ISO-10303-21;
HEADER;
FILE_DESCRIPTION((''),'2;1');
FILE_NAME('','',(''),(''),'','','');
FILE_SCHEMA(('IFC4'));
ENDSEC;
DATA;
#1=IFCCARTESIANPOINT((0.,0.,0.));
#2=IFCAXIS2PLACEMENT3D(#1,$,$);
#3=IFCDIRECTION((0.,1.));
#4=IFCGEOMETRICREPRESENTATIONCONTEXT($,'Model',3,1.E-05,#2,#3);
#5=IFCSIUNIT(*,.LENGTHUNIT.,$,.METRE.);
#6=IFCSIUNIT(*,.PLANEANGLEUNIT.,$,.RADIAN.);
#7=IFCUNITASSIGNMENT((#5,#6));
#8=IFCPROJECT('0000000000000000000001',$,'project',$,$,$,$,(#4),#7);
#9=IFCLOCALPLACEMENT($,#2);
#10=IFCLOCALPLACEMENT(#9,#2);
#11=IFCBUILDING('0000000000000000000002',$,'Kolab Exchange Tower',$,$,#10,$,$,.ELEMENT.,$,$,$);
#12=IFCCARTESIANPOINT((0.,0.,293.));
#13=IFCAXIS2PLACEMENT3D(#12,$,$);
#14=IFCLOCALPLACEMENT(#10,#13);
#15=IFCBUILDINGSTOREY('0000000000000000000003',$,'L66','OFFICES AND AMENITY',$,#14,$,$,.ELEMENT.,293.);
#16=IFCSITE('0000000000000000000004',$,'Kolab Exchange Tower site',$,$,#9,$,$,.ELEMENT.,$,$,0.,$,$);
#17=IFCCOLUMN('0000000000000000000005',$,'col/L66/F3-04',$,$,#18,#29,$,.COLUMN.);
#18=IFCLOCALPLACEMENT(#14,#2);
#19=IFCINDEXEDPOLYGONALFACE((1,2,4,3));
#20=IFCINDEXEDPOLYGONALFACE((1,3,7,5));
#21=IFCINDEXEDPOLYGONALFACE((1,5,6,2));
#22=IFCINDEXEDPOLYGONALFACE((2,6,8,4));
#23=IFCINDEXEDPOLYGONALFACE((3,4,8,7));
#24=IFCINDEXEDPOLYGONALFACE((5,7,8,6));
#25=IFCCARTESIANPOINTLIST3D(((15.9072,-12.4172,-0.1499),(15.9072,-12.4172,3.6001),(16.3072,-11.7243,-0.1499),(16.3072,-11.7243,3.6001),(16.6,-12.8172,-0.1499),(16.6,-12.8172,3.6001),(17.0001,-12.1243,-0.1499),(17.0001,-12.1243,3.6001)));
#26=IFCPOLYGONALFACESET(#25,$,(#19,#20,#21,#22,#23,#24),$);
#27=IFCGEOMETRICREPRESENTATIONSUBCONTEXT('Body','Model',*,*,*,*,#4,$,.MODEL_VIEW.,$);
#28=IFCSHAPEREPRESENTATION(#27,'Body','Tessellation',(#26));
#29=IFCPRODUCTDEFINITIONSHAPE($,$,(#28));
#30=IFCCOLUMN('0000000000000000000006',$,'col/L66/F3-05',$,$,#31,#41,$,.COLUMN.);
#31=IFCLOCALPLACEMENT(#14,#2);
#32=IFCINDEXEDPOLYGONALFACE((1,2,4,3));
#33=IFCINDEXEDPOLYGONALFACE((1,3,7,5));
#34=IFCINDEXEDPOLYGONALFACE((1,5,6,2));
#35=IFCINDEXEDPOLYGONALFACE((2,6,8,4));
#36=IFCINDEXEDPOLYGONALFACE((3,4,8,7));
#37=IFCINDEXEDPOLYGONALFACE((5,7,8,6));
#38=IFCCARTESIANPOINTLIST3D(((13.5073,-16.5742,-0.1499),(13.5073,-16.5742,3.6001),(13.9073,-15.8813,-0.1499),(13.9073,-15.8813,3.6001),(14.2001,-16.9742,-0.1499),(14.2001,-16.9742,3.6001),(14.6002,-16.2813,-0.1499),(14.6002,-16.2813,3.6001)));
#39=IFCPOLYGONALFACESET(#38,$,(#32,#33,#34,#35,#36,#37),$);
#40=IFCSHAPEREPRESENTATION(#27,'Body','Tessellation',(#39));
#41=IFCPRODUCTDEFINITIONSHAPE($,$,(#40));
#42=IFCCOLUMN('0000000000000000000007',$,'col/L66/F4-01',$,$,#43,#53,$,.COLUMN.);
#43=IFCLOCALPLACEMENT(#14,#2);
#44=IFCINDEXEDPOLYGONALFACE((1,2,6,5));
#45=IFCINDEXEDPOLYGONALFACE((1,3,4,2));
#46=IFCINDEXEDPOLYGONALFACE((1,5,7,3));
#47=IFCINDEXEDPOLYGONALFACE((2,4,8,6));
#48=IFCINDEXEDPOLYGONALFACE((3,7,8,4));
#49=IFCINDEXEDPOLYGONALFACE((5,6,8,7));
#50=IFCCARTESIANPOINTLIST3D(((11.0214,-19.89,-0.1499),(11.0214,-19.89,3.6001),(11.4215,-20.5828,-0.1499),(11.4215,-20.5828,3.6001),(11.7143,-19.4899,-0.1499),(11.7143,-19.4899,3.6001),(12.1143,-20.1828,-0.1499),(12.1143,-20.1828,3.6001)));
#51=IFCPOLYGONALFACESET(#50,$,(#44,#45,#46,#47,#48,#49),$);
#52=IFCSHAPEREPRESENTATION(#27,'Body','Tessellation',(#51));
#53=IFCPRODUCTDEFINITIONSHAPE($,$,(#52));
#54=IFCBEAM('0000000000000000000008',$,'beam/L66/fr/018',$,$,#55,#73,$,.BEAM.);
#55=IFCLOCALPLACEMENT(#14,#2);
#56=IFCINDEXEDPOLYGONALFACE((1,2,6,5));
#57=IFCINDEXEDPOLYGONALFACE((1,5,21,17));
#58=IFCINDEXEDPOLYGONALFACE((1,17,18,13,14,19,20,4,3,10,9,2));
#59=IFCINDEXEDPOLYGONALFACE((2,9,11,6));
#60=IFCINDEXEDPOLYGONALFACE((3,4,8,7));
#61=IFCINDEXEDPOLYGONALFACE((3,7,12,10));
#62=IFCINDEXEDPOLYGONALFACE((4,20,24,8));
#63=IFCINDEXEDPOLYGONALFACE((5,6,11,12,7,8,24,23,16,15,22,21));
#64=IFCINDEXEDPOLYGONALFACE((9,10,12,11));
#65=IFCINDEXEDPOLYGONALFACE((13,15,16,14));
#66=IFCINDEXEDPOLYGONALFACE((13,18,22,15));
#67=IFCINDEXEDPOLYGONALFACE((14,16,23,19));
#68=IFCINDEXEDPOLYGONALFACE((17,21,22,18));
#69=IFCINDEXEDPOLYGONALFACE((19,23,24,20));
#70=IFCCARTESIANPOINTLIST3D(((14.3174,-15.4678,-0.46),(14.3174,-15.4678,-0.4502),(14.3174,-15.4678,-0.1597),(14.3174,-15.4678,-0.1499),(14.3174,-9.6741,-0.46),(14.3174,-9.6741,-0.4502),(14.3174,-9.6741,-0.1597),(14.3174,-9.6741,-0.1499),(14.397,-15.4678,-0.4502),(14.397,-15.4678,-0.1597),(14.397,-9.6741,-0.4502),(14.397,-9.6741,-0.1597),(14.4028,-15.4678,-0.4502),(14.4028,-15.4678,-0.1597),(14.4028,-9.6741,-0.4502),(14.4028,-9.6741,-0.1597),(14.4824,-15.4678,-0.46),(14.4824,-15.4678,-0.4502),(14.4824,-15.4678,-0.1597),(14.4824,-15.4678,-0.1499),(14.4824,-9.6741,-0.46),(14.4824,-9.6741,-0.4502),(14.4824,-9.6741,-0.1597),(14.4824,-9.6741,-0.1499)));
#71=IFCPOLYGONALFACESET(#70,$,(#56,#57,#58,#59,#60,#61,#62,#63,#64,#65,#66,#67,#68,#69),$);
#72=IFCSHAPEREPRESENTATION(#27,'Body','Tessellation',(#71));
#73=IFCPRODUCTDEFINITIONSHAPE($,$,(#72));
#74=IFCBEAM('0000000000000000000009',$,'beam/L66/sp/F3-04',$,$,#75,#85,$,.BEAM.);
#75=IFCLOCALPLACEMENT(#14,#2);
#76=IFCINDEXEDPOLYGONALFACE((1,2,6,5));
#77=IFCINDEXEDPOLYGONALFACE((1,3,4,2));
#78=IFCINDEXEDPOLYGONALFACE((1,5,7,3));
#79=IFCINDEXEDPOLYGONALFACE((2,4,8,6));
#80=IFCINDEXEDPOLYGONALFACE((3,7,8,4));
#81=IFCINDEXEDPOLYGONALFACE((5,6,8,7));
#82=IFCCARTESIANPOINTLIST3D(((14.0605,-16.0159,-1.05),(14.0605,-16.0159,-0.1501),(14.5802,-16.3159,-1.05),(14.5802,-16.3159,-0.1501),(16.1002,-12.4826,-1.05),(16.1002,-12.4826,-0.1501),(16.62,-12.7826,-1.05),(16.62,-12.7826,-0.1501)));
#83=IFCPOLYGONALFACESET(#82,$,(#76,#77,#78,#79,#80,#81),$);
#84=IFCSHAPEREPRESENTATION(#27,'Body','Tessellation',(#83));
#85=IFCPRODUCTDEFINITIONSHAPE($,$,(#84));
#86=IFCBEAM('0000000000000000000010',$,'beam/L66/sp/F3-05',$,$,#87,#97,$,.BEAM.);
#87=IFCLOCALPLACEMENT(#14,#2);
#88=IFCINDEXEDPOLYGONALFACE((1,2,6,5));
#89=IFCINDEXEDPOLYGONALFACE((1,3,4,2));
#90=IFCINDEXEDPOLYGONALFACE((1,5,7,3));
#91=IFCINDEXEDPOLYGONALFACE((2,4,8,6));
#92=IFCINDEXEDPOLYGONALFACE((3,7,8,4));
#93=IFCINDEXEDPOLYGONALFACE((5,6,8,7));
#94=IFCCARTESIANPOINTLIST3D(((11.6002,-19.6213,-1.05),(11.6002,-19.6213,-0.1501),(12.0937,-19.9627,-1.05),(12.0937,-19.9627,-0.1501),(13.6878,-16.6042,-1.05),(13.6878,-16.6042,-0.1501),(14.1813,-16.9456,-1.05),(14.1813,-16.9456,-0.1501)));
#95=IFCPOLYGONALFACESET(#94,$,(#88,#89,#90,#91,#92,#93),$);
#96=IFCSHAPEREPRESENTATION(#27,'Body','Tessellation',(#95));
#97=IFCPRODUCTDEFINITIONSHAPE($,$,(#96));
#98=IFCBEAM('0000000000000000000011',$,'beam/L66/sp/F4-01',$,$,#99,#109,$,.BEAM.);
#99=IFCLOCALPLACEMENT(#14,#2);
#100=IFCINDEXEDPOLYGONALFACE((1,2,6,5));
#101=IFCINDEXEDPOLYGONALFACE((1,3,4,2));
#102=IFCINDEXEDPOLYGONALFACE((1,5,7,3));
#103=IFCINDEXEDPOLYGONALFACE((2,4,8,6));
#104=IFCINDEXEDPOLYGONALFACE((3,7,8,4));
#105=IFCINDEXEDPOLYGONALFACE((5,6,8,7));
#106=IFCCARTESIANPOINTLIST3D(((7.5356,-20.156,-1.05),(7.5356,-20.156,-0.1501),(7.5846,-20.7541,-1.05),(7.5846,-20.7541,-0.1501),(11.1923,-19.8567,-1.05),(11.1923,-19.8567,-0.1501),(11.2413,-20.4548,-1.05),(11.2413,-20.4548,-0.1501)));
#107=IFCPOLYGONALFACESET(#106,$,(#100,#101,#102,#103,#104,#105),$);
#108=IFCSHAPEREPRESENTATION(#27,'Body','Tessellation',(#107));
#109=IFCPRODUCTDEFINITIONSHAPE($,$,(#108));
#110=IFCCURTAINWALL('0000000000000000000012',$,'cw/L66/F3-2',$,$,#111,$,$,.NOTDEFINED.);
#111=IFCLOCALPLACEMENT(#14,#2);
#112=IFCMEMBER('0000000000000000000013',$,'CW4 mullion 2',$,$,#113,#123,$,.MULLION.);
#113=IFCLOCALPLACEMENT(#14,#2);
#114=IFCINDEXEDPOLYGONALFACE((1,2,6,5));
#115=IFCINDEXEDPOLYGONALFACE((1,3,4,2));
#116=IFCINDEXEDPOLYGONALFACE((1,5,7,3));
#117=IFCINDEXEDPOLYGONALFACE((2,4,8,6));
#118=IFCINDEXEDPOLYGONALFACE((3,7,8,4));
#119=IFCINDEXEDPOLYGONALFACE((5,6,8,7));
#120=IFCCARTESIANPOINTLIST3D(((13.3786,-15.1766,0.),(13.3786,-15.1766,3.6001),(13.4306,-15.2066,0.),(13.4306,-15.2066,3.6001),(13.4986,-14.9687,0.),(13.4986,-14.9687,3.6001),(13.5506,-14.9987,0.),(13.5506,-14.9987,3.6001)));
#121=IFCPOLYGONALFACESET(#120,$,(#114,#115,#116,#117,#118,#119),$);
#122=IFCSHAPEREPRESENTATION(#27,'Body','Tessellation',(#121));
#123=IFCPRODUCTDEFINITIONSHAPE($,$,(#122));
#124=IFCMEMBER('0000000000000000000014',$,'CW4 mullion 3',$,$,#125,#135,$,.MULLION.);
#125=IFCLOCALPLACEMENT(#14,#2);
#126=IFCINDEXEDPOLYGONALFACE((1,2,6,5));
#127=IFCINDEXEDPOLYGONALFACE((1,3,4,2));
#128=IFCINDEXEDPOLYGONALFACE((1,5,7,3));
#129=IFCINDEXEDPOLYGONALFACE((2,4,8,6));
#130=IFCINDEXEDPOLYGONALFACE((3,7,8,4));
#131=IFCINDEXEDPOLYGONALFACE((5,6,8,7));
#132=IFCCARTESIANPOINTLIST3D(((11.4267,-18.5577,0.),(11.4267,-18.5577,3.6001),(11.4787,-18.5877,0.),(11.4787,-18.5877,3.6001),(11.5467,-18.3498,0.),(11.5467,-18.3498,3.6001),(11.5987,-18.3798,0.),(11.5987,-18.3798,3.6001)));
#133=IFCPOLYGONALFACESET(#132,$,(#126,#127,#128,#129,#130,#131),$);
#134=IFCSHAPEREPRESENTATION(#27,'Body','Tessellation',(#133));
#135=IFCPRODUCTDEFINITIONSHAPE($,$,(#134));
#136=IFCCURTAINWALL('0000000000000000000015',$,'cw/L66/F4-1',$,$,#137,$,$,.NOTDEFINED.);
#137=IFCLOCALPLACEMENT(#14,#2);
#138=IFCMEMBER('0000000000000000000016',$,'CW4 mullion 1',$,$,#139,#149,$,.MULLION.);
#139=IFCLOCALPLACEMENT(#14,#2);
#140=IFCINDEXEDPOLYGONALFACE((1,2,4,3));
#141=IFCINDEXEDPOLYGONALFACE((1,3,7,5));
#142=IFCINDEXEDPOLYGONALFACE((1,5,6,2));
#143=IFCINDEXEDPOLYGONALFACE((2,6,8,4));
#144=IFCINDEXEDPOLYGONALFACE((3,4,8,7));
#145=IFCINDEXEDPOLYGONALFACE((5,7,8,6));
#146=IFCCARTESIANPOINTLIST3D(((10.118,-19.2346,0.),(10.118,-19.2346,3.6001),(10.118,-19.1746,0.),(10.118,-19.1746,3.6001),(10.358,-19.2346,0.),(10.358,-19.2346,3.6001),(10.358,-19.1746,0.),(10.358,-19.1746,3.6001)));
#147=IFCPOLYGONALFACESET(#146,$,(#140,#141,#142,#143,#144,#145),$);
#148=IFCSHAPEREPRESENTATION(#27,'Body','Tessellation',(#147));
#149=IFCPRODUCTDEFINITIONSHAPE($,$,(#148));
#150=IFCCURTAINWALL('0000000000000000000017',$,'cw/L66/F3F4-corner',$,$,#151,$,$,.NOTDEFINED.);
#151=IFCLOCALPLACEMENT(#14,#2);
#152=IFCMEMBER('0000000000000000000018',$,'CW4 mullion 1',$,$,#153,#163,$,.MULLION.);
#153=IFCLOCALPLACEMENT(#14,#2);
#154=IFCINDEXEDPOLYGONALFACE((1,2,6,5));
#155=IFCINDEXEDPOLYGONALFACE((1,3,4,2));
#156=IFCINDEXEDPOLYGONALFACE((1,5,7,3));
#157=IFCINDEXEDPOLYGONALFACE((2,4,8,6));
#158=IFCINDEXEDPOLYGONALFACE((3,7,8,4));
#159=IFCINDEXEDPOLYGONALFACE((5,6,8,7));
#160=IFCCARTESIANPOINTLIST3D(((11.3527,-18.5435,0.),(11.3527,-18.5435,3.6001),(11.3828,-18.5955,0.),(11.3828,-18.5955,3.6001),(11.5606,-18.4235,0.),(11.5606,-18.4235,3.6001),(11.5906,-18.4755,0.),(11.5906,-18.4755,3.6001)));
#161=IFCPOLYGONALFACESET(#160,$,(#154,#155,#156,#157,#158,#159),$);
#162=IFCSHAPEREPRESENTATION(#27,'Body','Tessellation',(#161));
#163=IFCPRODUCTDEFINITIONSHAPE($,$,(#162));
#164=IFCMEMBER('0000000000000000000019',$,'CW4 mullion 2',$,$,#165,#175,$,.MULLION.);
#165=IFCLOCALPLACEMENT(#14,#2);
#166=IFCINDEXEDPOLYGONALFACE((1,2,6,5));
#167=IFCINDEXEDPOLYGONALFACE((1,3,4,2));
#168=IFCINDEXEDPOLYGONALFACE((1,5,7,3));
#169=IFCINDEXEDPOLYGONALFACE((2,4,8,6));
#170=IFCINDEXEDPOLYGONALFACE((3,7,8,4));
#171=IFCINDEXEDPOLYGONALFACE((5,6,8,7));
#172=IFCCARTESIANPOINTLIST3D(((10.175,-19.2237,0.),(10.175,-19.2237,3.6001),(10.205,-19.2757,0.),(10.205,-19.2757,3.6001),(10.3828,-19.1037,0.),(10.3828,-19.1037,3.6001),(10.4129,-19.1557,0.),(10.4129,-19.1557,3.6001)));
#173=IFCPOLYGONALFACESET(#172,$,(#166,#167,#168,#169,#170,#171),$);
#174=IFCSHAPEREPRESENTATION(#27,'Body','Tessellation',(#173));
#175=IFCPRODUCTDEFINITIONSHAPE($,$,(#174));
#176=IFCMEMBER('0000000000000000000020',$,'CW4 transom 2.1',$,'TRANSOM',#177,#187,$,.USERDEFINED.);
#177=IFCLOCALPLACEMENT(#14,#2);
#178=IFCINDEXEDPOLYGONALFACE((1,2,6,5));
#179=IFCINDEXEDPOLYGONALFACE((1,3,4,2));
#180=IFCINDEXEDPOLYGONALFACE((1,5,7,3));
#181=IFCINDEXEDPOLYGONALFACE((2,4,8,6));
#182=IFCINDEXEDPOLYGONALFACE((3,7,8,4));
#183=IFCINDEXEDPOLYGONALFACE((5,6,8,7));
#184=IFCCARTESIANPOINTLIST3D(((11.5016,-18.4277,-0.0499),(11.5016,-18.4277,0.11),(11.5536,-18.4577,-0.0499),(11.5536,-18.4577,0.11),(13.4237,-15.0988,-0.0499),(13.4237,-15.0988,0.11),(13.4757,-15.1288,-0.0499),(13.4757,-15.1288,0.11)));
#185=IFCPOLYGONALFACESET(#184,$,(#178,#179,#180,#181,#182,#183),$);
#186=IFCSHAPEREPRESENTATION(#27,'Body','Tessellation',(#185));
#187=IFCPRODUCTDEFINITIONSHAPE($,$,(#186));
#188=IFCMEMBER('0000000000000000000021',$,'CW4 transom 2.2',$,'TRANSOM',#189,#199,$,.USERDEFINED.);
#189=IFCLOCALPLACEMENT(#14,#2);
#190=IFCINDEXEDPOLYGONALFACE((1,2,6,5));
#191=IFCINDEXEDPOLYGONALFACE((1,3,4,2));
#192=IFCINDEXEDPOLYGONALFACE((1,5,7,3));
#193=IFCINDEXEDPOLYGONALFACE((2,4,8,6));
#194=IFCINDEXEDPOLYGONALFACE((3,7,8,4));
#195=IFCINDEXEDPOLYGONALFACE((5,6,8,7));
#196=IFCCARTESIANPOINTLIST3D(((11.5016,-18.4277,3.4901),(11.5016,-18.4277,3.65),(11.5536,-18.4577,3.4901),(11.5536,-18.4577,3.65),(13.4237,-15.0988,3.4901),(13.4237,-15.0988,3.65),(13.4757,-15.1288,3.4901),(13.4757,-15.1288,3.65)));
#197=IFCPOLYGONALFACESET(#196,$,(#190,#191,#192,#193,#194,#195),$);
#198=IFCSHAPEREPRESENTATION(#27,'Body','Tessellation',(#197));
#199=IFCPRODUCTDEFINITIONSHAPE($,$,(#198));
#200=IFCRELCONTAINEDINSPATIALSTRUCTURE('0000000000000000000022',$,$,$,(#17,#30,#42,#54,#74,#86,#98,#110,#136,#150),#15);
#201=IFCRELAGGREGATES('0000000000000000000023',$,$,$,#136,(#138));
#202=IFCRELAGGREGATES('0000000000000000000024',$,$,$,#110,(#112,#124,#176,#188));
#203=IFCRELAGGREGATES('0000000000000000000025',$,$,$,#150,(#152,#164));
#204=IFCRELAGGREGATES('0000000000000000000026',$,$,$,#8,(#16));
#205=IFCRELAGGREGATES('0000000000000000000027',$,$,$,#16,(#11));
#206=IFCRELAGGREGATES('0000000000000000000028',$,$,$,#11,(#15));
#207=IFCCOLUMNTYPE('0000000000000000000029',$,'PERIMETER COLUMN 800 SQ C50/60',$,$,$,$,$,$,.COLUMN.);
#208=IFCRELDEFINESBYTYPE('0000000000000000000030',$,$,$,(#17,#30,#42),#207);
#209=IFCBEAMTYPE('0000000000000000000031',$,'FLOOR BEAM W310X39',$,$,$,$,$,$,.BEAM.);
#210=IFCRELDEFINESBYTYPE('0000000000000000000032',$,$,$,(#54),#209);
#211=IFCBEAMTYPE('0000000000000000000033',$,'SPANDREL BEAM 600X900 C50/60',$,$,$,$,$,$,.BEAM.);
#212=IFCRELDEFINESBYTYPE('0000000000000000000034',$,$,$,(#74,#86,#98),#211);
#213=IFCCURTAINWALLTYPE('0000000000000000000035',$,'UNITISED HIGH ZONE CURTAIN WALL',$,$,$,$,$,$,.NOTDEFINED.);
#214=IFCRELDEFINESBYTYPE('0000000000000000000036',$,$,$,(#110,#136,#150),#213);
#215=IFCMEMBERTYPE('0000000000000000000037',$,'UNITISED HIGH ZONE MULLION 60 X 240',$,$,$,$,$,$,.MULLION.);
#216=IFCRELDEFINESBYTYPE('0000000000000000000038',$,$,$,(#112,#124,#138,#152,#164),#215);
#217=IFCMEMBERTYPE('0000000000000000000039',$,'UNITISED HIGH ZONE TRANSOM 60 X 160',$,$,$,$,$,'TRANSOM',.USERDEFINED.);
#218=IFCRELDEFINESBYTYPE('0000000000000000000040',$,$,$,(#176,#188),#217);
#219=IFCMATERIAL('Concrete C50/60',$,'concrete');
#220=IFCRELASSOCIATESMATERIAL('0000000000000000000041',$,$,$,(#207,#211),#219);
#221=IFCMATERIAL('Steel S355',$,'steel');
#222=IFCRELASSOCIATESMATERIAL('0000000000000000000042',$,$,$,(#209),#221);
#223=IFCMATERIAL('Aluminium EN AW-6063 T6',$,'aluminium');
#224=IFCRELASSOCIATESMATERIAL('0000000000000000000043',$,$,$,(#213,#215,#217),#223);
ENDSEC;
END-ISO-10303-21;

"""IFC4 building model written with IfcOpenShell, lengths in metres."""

from ifc_helpers import new_model, si_unit, direction, frame, origin, origin_2d, place, context, subcontext, project, spatial, rectangle, i_section, extrude, material, material_profile, profile_set, type_object, element, aggregate, save


model = new_model("IFC4")

# Units and contexts
model_context = context("Model", 3, precision=1e-05, world=origin(), true_north=direction((0.0, 1.0)))
body_context = subcontext(model_context, "Body", "Model", "MODEL_VIEW")
ifc_project = project(units=[si_unit("LENGTHUNIT", "METRE"), si_unit("PLANEANGLEUNIT", "RADIAN")], contexts=[model_context])

# Site, building, storey
site_placement = place(None, origin())
site = spatial("IfcSite", under=ifc_project, at=site_placement, Name="Kolab Exchange Tower site", CompositionType="ELEMENT", RefElevation=0.0)
building_placement = place(site_placement, origin())
building = spatial("IfcBuilding", under=site, at=building_placement, Name="Kolab Exchange Tower", CompositionType="ELEMENT")
storey_placement = place(building_placement, frame((0.0, 0.0, 293.0)))
storey = spatial("IfcBuildingStorey", under=building, at=storey_placement, Name="L66", Description="OFFICES AND AMENITY", CompositionType="ELEMENT", Elevation=293.0)

# Columns
ifc_material_1 = material(Name="Concrete C50/60", Category="concrete")
ifc_material_profile_1 = material_profile(ifc_material_1, rectangle(XDim=0.8, YDim=0.8, at=origin_2d()), Name="RC800")
ifc_profile_set_1 = profile_set([ifc_material_profile_1], Name="Concrete C50/60")
column_type = type_object("IfcColumnType", Name="PERIMETER COLUMN 800 SQ C50/60", PredefinedType="COLUMN", material=ifc_profile_set_1)
for number, where, z_axis, x_axis, name in (
    (1, (16.4536, -12.2708, -0.1499), (0.0, 0.0, 1.0), (0.5, 0.866025, 0.0), "col/L66/F3-04"),
    (2, (14.0537, -16.4277, -0.1499), (0.0, 0.0, 1.0), (0.5, 0.866025, 0.0), "col/L66/F3-05"),
    (3, (11.5679, -20.0364, -0.1499), (0.0, 0.0, 1.0), (0.866025, 0.5, 0.0), "col/L66/F4-01"),
):
    element("IfcColumn", number, at=place(storey_placement, frame(where, z_axis=z_axis, x_axis=x_axis)), inside=storey, type_object=column_type, Name=name, PredefinedType="COLUMN", context=body_context, shape_type="SweptSolid", body=[
        extrude(rectangle(XDim=0.8, YDim=0.8, at=origin_2d()), origin(), (0.0, 0.0, 1.0), 3.75),
    ])

# Beams
ifc_material_2 = material(Name="Steel S355", Category="steel")
ifc_material_profile_2 = material_profile(ifc_material_2, i_section(OverallWidth=0.165, OverallDepth=0.3101, WebThickness=0.0059, FlangeThickness=0.0098, at=origin_2d()), Name="W310X39")
ifc_profile_set_2 = profile_set([ifc_material_profile_2], Name="Steel S355")
beam_type_1 = type_object("IfcBeamType", Name="FLOOR BEAM W310X39", PredefinedType="BEAM", material=ifc_profile_set_2)
beam_1_placement = place(storey_placement, frame((14.3999, -15.4678, -0.3049), z_axis=(0.0, 1.0, 0.0), x_axis=(-1.0, 0.0, 0.0)))
element("IfcBeam", 4, at=beam_1_placement, inside=storey, type_object=beam_type_1, Name="beam/L66/fr/018", PredefinedType="BEAM", context=body_context, shape_type="SweptSolid", body=[
    extrude(i_section(OverallWidth=0.165, OverallDepth=0.3101, WebThickness=0.0059, FlangeThickness=0.0098, at=origin_2d()), origin(), (0.0, 0.0, 1.0), 5.7937),
])
ifc_material_profile_3 = material_profile(ifc_material_1, rectangle(XDim=0.6001, YDim=0.8999, at=origin_2d()), Name="RC600X900")
ifc_profile_set_3 = profile_set([ifc_material_profile_3], Name="Concrete C50/60")
beam_type_2 = type_object("IfcBeamType", Name="SPANDREL BEAM 600X900 C50/60", PredefinedType="BEAM", material=ifc_profile_set_3)
beam_2_placement = place(storey_placement, frame((16.3601, -12.6326, -0.6001), z_axis=(-0.499956, -0.866051, 0.0), x_axis=(0.866051, -0.499956, 0.0)))
element("IfcBeam", 5, at=beam_2_placement, inside=storey, type_object=beam_type_2, Name="beam/L66/sp/F3-04", PredefinedType="BEAM", context=body_context, shape_type="SweptSolid", body=[
    extrude(rectangle(XDim=0.6001, YDim=0.8999, at=origin_2d()), origin(), (0.0, 0.0, 1.0), 4.0798),
])
for number, where, z_axis, x_axis, name in (
    (6, (13.9346, -16.7749, -0.6001), (-0.569006, -0.822334, 0.0), (0.822334, -0.569006, 0.0), "beam/L66/sp/F3-05"),
    (7, (11.2168, -20.1558, -0.6001), (-0.996667, -0.081581, 0.0), (0.081581, -0.996667, 0.0), "beam/L66/sp/F4-01"),
):
    element("IfcBeam", number, at=place(storey_placement, frame(where, z_axis=z_axis, x_axis=x_axis)), inside=storey, type_object=beam_type_2, Name=name, PredefinedType="BEAM", context=body_context, shape_type="SweptSolid", body=[
        extrude(rectangle(XDim=0.6001, YDim=0.8999, at=origin_2d()), origin(), (0.0, 0.0, 1.0), 3.6689),
    ])

# Curtain wall, members
ifc_material_3 = material(Name="Aluminium EN AW-6063 T6", Category="aluminium")
curtain_wall_type = type_object("IfcCurtainWallType", Name="UNITISED HIGH ZONE CURTAIN WALL", PredefinedType="NOTDEFINED", material=ifc_material_3)
curtain_wall_1_placement = place(storey_placement, origin())
curtain_wall_1 = element("IfcCurtainWall", 8, at=curtain_wall_1_placement, inside=storey, type_object=curtain_wall_type, Name="cw/L66/F3-2", PredefinedType="NOTDEFINED")
ifc_material_profile_4 = material_profile(ifc_material_3, rectangle(XDim=0.0601, YDim=0.24, at=origin_2d()), Name="RECT 60X240")
ifc_profile_set_4 = profile_set([ifc_material_profile_4], Name="Aluminium EN AW-6063 T6")
member_type_1 = type_object("IfcMemberType", Name="UNITISED HIGH ZONE MULLION 60 X 240", PredefinedType="MULLION", material=ifc_profile_set_4)
member_1_placement = place(storey_placement, frame((13.4646, -15.0876, 0.0), z_axis=(0.0, 0.0, 1.0), x_axis=(0.866025, -0.5, 0.0)))
member_1 = element("IfcMember", 9, at=member_1_placement, type_object=member_type_1, Name="CW4 mullion 2", PredefinedType="MULLION", context=body_context, shape_type="SweptSolid", body=[
    extrude(rectangle(XDim=0.0601, YDim=0.24, at=origin_2d()), origin(), (0.0, 0.0, 1.0), 3.6001),
])
member_2_placement = place(storey_placement, frame((11.5127, -18.4688, 0.0), z_axis=(0.0, 0.0, 1.0), x_axis=(0.866025, -0.5, 0.0)))
member_2 = element("IfcMember", 10, at=member_2_placement, type_object=member_type_1, Name="CW4 mullion 3", PredefinedType="MULLION", context=body_context, shape_type="SweptSolid", body=[
    extrude(rectangle(XDim=0.0601, YDim=0.24, at=origin_2d()), origin(), (0.0, 0.0, 1.0), 3.6001),
])

# Curtain wall, member
curtain_wall_2_placement = place(storey_placement, origin())
curtain_wall_2 = element("IfcCurtainWall", 11, at=curtain_wall_2_placement, inside=storey, type_object=curtain_wall_type, Name="cw/L66/F4-1", PredefinedType="NOTDEFINED")
member_3_placement = place(storey_placement, frame((10.238, -19.2046, 0.0), z_axis=(0.0, 0.0, 1.0), x_axis=(0.0, -1.0, 0.0)))
member_3 = element("IfcMember", 12, at=member_3_placement, type_object=member_type_1, Name="CW4 mullion 1", PredefinedType="MULLION", context=body_context, shape_type="SweptSolid", body=[
    extrude(rectangle(XDim=0.0601, YDim=0.24, at=origin_2d()), origin(), (0.0, 0.0, 1.0), 3.6001),
])

# Curtain wall, members
curtain_wall_3_placement = place(storey_placement, origin())
curtain_wall_3 = element("IfcCurtainWall", 13, at=curtain_wall_3_placement, inside=storey, type_object=curtain_wall_type, Name="cw/L66/F3F4-corner", PredefinedType="NOTDEFINED")
member_4_placement = place(storey_placement, frame((11.4717, -18.5095, 0.0), z_axis=(0.0, 0.0, 1.0), x_axis=(0.5, -0.866025, 0.0)))
member_4 = element("IfcMember", 14, at=member_4_placement, type_object=member_type_1, Name="CW4 mullion 1", PredefinedType="MULLION", context=body_context, shape_type="SweptSolid", body=[
    extrude(rectangle(XDim=0.0601, YDim=0.24, at=origin_2d()), origin(), (0.0, 0.0, 1.0), 3.6001),
])
member_5_placement = place(storey_placement, frame((10.2939, -19.1897, 0.0), z_axis=(0.0, 0.0, 1.0), x_axis=(0.5, -0.866025, 0.0)))
member_5 = element("IfcMember", 15, at=member_5_placement, type_object=member_type_1, Name="CW4 mullion 2", PredefinedType="MULLION", context=body_context, shape_type="SweptSolid", body=[
    extrude(rectangle(XDim=0.0601, YDim=0.24, at=origin_2d()), origin(), (0.0, 0.0, 1.0), 3.6001),
])

# Members
ifc_material_profile_5 = material_profile(ifc_material_3, rectangle(XDim=0.0601, YDim=0.1599, at=origin_2d()), Name="RECT 60X160")
ifc_profile_set_5 = profile_set([ifc_material_profile_5], Name="Aluminium EN AW-6063 T6")
member_type_2 = type_object("IfcMemberType", Name="UNITISED HIGH ZONE TRANSOM 60 X 160", ElementType="TRANSOM", PredefinedType="USERDEFINED", material=ifc_profile_set_5)
member_6_placement = place(storey_placement, frame((13.4497, -15.1138, 0.03), z_axis=(-0.500039, -0.866003, 0.0), x_axis=(0.866003, -0.500039, 0.0)))
member_6 = element("IfcMember", 16, at=member_6_placement, type_object=member_type_2, Name="CW4 transom 2.1", ObjectType="TRANSOM", PredefinedType="USERDEFINED", context=body_context, shape_type="SweptSolid", body=[
    extrude(rectangle(XDim=0.0601, YDim=0.1599, at=origin_2d()), origin(), (0.0, 0.0, 1.0), 3.844),
])
member_7_placement = place(storey_placement, frame((13.4497, -15.1138, 3.5701), z_axis=(-0.500039, -0.866003, 0.0), x_axis=(0.866003, -0.500039, 0.0)))
member_7 = element("IfcMember", 17, at=member_7_placement, type_object=member_type_2, Name="CW4 transom 2.2", ObjectType="TRANSOM", PredefinedType="USERDEFINED", context=body_context, shape_type="SweptSolid", body=[
    extrude(rectangle(XDim=0.0601, YDim=0.1599, at=origin_2d()), origin(), (0.0, 0.0, 1.0), 3.844),
])
aggregate(curtain_wall_2, [member_3])

aggregate(curtain_wall_1, [member_1, member_2, member_6, member_7])
aggregate(curtain_wall_3, [member_4, member_5])

save(model, "model.ifc")
